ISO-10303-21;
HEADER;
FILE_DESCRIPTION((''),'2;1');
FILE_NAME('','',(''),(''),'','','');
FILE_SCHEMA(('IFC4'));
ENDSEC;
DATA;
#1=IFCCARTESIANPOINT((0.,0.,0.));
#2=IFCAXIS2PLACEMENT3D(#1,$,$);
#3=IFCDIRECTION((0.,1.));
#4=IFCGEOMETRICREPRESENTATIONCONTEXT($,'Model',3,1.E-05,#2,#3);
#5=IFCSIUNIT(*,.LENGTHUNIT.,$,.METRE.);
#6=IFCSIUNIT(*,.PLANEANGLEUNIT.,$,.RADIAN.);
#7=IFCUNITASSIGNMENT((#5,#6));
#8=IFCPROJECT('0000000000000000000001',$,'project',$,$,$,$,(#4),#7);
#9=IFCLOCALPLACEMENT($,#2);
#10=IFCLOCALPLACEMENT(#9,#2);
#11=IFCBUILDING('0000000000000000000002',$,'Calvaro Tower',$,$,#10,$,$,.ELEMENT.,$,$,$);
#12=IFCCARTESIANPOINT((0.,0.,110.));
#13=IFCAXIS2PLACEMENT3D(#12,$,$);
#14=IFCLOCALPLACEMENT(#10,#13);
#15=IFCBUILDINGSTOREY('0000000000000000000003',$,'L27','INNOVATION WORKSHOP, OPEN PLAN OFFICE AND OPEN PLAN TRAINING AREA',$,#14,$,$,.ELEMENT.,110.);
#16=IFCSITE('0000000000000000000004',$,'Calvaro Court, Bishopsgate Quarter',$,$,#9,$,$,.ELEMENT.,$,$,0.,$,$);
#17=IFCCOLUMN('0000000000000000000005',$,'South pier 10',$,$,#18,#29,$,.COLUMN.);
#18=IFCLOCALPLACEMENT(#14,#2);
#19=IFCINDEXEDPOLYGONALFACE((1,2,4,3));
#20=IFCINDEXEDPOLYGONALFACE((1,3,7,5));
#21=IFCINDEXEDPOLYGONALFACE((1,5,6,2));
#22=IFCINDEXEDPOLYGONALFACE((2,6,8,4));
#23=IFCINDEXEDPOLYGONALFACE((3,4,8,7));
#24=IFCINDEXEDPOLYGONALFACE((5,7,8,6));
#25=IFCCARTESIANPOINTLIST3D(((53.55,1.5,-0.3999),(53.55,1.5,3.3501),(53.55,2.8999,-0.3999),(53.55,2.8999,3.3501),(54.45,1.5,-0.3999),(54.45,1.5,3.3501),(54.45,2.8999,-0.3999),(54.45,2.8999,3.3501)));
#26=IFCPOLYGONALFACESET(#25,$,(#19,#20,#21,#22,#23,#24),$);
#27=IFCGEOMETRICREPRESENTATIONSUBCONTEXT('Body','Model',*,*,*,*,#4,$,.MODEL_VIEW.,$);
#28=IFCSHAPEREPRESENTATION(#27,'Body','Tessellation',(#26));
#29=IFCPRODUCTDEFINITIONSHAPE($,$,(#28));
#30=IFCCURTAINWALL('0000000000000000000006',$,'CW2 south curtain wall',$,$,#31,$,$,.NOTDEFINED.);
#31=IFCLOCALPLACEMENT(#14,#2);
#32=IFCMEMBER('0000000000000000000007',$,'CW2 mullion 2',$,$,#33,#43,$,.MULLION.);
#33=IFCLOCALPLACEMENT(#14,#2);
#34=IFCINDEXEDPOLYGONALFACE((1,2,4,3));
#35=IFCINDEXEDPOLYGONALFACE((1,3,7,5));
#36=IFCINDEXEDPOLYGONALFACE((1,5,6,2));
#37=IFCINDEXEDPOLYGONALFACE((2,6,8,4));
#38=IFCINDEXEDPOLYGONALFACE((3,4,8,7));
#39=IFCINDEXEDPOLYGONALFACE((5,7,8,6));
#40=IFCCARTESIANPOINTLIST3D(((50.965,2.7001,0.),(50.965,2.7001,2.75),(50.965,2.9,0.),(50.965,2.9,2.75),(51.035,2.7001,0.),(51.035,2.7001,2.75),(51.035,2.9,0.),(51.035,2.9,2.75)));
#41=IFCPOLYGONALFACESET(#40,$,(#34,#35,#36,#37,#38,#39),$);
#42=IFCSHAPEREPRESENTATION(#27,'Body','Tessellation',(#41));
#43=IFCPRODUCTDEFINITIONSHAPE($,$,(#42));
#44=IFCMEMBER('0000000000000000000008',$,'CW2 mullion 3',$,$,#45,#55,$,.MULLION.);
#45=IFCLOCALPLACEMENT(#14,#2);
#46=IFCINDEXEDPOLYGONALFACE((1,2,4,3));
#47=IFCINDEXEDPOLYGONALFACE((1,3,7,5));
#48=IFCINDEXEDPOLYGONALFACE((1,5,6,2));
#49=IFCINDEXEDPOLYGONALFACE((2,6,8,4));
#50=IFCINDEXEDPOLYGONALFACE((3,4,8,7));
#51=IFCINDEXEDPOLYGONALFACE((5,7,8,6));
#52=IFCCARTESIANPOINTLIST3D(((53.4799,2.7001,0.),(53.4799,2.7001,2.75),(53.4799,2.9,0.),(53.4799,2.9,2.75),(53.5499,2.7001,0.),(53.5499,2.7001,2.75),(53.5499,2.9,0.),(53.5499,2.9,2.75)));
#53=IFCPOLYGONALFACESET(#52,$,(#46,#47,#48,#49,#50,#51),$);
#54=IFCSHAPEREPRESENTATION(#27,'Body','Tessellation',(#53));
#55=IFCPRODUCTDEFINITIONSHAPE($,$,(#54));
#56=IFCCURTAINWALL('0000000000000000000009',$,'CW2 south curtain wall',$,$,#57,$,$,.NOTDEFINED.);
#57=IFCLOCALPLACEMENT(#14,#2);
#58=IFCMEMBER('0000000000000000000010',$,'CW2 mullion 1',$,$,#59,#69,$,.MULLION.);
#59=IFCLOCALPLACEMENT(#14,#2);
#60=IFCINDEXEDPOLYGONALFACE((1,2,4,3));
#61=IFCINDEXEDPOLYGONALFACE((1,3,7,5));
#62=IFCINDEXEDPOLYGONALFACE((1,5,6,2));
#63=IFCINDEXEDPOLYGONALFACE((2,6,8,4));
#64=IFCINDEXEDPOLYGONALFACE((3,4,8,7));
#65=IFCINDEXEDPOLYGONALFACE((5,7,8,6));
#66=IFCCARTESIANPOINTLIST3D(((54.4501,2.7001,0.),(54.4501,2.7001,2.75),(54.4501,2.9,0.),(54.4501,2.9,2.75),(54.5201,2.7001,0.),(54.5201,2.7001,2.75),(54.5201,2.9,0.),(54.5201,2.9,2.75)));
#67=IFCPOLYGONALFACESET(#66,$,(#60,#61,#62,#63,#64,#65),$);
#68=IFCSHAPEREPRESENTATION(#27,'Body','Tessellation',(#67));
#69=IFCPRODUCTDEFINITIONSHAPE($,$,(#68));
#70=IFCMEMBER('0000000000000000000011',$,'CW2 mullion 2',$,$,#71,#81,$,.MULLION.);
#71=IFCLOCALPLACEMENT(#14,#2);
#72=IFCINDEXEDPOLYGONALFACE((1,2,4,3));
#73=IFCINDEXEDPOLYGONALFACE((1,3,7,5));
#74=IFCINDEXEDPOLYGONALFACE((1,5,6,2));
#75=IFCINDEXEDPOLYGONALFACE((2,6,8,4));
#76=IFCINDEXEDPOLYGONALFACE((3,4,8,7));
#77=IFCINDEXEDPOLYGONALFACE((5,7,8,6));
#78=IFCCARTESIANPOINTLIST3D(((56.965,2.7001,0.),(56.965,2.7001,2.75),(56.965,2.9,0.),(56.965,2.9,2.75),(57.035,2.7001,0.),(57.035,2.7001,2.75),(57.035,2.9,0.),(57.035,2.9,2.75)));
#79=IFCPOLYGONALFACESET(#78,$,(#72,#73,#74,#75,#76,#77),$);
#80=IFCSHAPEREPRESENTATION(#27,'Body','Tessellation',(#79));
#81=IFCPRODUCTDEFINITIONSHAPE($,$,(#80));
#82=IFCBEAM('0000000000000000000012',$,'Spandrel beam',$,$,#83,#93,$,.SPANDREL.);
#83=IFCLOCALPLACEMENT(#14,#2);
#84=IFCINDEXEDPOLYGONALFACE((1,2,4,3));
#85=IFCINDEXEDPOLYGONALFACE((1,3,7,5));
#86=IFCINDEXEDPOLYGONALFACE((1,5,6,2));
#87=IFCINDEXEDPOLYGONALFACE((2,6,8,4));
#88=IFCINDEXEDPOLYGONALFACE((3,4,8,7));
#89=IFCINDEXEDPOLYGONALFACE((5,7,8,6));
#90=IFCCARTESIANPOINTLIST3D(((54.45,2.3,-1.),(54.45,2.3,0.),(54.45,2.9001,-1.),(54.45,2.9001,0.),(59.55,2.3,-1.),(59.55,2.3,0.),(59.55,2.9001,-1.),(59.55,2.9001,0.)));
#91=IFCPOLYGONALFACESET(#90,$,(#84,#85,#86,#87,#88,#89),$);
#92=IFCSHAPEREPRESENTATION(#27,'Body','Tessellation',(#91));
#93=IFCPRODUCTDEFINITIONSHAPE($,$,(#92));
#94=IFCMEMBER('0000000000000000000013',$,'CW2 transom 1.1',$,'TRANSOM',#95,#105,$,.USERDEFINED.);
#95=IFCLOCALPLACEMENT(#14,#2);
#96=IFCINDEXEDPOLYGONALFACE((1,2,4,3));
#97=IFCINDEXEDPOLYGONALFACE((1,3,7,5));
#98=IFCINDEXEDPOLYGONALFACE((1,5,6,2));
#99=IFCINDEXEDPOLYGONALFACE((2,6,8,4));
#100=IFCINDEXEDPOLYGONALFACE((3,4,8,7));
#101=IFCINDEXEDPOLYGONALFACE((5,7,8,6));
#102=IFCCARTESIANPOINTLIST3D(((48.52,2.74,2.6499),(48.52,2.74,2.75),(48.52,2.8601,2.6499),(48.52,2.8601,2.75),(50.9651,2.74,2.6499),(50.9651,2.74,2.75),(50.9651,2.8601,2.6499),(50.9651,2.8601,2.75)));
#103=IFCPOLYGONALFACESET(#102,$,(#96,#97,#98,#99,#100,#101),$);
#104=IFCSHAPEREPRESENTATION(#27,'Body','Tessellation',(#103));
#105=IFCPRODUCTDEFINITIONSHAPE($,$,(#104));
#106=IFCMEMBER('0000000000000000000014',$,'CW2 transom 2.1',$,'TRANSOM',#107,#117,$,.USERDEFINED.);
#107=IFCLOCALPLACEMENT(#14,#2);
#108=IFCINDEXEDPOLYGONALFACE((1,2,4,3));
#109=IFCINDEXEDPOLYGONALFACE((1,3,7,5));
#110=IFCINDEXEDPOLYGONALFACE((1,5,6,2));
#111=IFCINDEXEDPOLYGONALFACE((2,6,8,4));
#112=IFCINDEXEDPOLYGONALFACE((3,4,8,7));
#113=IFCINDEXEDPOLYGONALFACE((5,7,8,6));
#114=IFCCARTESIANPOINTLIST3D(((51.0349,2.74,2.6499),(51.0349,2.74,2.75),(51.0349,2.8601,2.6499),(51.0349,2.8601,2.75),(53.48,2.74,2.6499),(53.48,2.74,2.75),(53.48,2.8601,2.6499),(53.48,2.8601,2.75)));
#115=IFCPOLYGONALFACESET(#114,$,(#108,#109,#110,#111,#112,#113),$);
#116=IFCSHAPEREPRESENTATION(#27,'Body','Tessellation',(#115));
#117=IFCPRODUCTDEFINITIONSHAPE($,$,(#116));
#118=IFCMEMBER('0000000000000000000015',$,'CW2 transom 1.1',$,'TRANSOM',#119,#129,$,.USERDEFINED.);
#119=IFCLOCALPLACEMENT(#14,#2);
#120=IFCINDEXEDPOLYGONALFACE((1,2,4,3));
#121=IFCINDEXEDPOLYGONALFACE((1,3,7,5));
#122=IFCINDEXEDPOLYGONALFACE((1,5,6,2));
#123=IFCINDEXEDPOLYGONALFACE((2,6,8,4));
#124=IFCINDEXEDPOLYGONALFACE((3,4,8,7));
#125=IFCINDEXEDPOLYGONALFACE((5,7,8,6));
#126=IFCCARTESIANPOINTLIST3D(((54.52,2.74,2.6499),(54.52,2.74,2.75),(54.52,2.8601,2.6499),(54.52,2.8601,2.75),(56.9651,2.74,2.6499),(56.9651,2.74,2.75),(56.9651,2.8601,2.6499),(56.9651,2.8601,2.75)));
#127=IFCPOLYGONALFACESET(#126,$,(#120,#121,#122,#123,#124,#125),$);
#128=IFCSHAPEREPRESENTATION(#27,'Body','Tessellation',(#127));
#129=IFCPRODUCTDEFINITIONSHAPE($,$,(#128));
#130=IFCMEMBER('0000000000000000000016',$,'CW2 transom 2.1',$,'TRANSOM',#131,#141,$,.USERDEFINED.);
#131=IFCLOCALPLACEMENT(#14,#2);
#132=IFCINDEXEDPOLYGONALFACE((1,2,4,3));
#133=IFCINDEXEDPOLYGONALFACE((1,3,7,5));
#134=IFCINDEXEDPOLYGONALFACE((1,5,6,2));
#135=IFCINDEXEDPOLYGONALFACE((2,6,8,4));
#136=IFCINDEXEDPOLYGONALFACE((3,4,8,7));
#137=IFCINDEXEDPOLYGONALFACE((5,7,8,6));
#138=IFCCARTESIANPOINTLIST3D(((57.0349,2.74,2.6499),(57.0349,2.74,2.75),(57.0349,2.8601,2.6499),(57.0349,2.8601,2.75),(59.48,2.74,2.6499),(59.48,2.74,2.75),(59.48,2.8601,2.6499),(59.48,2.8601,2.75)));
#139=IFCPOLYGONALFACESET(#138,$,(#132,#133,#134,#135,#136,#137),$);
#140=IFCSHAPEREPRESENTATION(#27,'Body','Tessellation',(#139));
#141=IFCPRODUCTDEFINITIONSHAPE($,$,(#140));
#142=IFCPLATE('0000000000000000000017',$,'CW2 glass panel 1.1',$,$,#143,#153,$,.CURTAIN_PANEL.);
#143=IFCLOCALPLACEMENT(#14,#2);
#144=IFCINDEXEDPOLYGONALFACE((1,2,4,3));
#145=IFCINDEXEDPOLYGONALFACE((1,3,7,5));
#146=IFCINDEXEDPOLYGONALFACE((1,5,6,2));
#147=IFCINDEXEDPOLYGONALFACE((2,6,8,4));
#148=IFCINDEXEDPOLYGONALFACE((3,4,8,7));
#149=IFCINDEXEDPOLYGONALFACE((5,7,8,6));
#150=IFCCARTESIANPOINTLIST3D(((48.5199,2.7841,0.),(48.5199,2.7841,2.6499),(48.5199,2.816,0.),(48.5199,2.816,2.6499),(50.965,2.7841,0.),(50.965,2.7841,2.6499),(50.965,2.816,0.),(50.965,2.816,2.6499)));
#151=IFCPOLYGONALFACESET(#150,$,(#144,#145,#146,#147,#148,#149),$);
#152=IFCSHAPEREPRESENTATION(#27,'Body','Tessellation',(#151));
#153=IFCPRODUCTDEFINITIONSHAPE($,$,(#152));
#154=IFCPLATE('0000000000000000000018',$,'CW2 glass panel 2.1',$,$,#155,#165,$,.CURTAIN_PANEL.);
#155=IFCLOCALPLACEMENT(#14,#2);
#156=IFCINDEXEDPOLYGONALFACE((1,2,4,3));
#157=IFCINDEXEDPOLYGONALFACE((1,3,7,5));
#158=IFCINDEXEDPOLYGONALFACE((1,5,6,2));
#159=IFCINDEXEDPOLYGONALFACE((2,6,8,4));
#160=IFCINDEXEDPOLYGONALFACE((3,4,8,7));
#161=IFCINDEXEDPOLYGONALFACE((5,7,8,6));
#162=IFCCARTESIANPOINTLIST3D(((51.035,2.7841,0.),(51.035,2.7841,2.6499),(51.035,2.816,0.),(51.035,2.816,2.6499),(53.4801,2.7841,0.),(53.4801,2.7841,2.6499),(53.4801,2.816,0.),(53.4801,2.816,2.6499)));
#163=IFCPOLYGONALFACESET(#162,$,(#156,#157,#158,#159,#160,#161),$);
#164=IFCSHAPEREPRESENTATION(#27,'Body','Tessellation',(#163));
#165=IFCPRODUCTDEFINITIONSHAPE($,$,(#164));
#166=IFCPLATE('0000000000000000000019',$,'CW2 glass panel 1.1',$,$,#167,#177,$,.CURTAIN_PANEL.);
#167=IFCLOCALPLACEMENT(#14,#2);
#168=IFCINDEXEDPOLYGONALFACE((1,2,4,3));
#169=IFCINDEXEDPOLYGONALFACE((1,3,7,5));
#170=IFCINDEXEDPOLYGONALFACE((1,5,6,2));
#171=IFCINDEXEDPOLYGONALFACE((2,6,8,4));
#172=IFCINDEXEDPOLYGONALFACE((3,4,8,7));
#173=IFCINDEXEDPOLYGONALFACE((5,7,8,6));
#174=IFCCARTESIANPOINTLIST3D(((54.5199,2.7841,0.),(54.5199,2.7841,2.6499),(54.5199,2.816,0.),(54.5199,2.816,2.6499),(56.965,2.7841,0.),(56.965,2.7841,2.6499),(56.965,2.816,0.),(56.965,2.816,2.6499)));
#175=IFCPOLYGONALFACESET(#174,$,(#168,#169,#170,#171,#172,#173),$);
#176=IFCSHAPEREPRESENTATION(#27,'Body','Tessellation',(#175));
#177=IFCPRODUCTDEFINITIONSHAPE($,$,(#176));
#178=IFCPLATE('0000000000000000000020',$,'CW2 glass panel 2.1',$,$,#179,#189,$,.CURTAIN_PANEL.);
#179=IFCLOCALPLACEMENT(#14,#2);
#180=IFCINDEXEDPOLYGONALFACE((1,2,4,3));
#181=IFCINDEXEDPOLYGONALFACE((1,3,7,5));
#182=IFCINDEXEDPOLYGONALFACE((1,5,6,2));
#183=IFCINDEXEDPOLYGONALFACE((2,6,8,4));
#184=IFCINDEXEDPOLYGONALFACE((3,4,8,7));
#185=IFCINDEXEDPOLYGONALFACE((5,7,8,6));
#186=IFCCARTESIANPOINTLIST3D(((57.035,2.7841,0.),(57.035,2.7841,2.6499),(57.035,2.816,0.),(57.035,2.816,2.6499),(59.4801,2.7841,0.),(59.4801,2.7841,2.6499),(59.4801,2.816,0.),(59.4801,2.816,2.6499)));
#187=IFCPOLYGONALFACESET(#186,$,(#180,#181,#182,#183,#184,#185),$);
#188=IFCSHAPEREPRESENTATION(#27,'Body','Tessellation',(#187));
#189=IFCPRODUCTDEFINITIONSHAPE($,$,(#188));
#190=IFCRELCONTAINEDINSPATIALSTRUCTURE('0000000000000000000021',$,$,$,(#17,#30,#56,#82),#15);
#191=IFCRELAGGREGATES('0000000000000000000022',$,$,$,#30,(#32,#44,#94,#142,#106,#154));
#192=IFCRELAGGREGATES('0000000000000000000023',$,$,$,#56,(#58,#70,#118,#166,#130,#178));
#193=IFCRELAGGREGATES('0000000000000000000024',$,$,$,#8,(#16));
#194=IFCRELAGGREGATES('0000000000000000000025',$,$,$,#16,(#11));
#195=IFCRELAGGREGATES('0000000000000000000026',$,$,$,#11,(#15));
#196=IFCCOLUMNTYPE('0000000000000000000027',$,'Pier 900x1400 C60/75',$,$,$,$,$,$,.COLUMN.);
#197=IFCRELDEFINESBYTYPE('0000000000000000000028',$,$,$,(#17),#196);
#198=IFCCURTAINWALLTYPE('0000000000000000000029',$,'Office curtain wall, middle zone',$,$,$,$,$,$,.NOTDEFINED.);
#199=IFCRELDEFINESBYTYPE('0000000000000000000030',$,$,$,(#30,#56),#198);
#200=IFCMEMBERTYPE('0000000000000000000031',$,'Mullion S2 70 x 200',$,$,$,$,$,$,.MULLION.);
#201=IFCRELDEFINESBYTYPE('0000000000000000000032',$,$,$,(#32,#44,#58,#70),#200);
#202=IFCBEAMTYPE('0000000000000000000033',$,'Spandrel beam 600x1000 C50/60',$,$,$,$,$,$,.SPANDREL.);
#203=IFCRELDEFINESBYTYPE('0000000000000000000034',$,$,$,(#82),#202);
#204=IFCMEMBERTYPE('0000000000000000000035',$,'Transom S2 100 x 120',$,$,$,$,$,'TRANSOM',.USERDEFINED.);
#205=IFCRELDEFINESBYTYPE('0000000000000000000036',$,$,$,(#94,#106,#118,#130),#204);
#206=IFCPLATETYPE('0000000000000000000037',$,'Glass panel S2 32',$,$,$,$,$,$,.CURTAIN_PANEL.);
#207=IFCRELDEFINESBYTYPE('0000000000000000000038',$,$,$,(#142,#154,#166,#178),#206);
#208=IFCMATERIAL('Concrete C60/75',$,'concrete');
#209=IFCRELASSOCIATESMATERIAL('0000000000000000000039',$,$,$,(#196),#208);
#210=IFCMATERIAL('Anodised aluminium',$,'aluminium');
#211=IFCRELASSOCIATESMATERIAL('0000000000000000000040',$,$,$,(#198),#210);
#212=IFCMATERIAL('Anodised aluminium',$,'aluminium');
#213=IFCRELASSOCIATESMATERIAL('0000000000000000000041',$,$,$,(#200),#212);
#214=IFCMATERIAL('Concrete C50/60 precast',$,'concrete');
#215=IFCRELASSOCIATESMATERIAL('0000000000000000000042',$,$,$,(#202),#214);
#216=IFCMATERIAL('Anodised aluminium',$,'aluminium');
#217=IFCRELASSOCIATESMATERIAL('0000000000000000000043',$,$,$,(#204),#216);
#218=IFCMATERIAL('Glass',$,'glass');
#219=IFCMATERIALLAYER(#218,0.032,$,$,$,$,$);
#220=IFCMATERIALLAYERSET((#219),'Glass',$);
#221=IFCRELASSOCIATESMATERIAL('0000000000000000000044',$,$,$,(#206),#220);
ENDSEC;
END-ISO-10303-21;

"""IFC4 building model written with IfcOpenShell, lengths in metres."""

from ifc_helpers import new_model, si_unit, direction, frame, origin, origin_2d, place, context, subcontext, project, spatial, rectangle, extrude, material, layer, layer_set, material_profile, profile_set, type_object, element, aggregate, save


model = new_model("IFC4")

# Units and contexts
model_context = context("Model", 3, precision=1e-05, world=origin(), true_north=direction((0.0, 1.0)))
body_context = subcontext(model_context, "Body", "Model", "MODEL_VIEW")
ifc_project = project(units=[si_unit("LENGTHUNIT", "METRE"), si_unit("PLANEANGLEUNIT", "RADIAN")], contexts=[model_context])

# Site, building, storey
site_placement = place(None, origin())
site = spatial("IfcSite", under=ifc_project, at=site_placement, Name="Calvaro Court, Bishopsgate Quarter", CompositionType="ELEMENT", RefElevation=0.0)
building_placement = place(site_placement, origin())
building = spatial("IfcBuilding", under=site, at=building_placement, Name="Calvaro Tower", CompositionType="ELEMENT")
storey_placement = place(building_placement, frame((0.0, 0.0, 110.0)))
storey = spatial("IfcBuildingStorey", under=building, at=storey_placement, Name="L27", Description="INNOVATION WORKSHOP, OPEN PLAN OFFICE AND OPEN PLAN TRAINING AREA", CompositionType="ELEMENT", Elevation=110.0)

# Column
ifc_material_1 = material(Name="Concrete C60/75", Category="concrete")
ifc_material_profile_1 = material_profile(ifc_material_1, rectangle(XDim=0.8999, YDim=1.3999, at=origin_2d()), Name="RC 900x1400")
ifc_profile_set_1 = profile_set([ifc_material_profile_1], Name="Concrete C60/75")
column_type = type_object("IfcColumnType", Name="Pier 900x1400 C60/75", PredefinedType="COLUMN", material=ifc_profile_set_1)
column_placement = place(storey_placement, frame((54.0, 2.2, -0.3999), z_axis=(0.0, 0.0, 1.0), x_axis=(1.0, 0.0, 0.0)))
element("IfcColumn", 1, at=column_placement, inside=storey, type_object=column_type, Name="South pier 10", PredefinedType="COLUMN", context=body_context, shape_type="SweptSolid", body=[
    extrude(rectangle(XDim=0.8999, YDim=1.3999, at=origin_2d()), origin(), (0.0, 0.0, 1.0), 3.75),
])

# Curtain walls, members
ifc_material_2 = material(Name="Anodised aluminium", Category="aluminium")
curtain_wall_type = type_object("IfcCurtainWallType", Name="Office curtain wall, middle zone", PredefinedType="NOTDEFINED", material=ifc_material_2)
curtain_wall_1_placement = place(storey_placement, origin())
curtain_wall_1 = element("IfcCurtainWall", 2, at=curtain_wall_1_placement, inside=storey, type_object=curtain_wall_type, Name="CW2 south curtain wall", PredefinedType="NOTDEFINED")
ifc_material_3 = material(Name="Anodised aluminium", Category="aluminium")
ifc_material_profile_2 = material_profile(ifc_material_3, rectangle(XDim=0.2, YDim=0.0701, at=origin_2d()), Name="Mullion S2 70 x 200")
ifc_profile_set_2 = profile_set([ifc_material_profile_2], Name="Anodised aluminium")
member_type_1 = type_object("IfcMemberType", Name="Mullion S2 70 x 200", PredefinedType="MULLION", material=ifc_profile_set_2)
member_1_placement = place(storey_placement, frame((51.0, 2.8, 0.0), z_axis=(0.0, 0.0, 1.0), x_axis=(0.0, 1.0, 0.0)))
member_1 = element("IfcMember", 3, at=member_1_placement, type_object=member_type_1, Name="CW2 mullion 2", PredefinedType="MULLION", context=body_context, shape_type="SweptSolid", body=[
    extrude(rectangle(XDim=0.2, YDim=0.0701, at=origin_2d()), origin(), (0.0, 0.0, 1.0), 2.75),
])
member_2_placement = place(storey_placement, frame((53.5149, 2.8, 0.0), z_axis=(0.0, 0.0, 1.0), x_axis=(0.0, 1.0, 0.0)))
member_2 = element("IfcMember", 4, at=member_2_placement, type_object=member_type_1, Name="CW2 mullion 3", PredefinedType="MULLION", context=body_context, shape_type="SweptSolid", body=[
    extrude(rectangle(XDim=0.2, YDim=0.0701, at=origin_2d()), origin(), (0.0, 0.0, 1.0), 2.75),
])
curtain_wall_2_placement = place(storey_placement, origin())
curtain_wall_2 = element("IfcCurtainWall", 5, at=curtain_wall_2_placement, inside=storey, type_object=curtain_wall_type, Name="CW2 south curtain wall", PredefinedType="NOTDEFINED")
member_3_placement = place(storey_placement, frame((54.4851, 2.8, 0.0), z_axis=(0.0, 0.0, 1.0), x_axis=(0.0, 1.0, 0.0)))
member_3 = element("IfcMember", 6, at=member_3_placement, type_object=member_type_1, Name="CW2 mullion 1", PredefinedType="MULLION", context=body_context, shape_type="SweptSolid", body=[
    extrude(rectangle(XDim=0.2, YDim=0.0701, at=origin_2d()), origin(), (0.0, 0.0, 1.0), 2.75),
])
member_4_placement = place(storey_placement, frame((57.0, 2.8, 0.0), z_axis=(0.0, 0.0, 1.0), x_axis=(0.0, 1.0, 0.0)))
member_4 = element("IfcMember", 7, at=member_4_placement, type_object=member_type_1, Name="CW2 mullion 2", PredefinedType="MULLION", context=body_context, shape_type="SweptSolid", body=[
    extrude(rectangle(XDim=0.2, YDim=0.0701, at=origin_2d()), origin(), (0.0, 0.0, 1.0), 2.75),
])

# Beam
ifc_material_4 = material(Name="Concrete C50/60 precast", Category="concrete")
ifc_material_profile_3 = material_profile(ifc_material_4, rectangle(XDim=0.6001, YDim=1.0, at=origin_2d()), Name="RC 600x1000")
ifc_profile_set_3 = profile_set([ifc_material_profile_3], Name="Concrete C50/60 precast")
beam_type = type_object("IfcBeamType", Name="Spandrel beam 600x1000 C50/60", PredefinedType="SPANDREL", material=ifc_profile_set_3)
beam_placement = place(storey_placement, frame((54.45, 2.6001, -0.5), z_axis=(1.0, 0.0, 0.0), x_axis=(0.0, 1.0, 0.0)))
element("IfcBeam", 8, at=beam_placement, inside=storey, type_object=beam_type, Name="Spandrel beam", PredefinedType="SPANDREL", context=body_context, shape_type="SweptSolid", body=[
    extrude(rectangle(XDim=0.6001, YDim=1.0, at=origin_2d()), origin(), (0.0, 0.0, 1.0), 5.1001),
])

# Members
ifc_material_5 = material(Name="Anodised aluminium", Category="aluminium")
ifc_material_profile_4 = material_profile(ifc_material_5, rectangle(XDim=0.1201, YDim=0.1001, at=origin_2d()), Name="Transom S2 100 x 120")
ifc_profile_set_4 = profile_set([ifc_material_profile_4], Name="Anodised aluminium")
member_type_2 = type_object("IfcMemberType", Name="Transom S2 100 x 120", ElementType="TRANSOM", PredefinedType="USERDEFINED", material=ifc_profile_set_4)
member_5_placement = place(storey_placement, frame((48.52, 2.8, 2.7), z_axis=(1.0, 0.0, 0.0), x_axis=(0.0, 1.0, 0.0)))
member_5 = element("IfcMember", 9, at=member_5_placement, type_object=member_type_2, Name="CW2 transom 1.1", ObjectType="TRANSOM", PredefinedType="USERDEFINED", context=body_context, shape_type="SweptSolid", body=[
    extrude(rectangle(XDim=0.1201, YDim=0.1001, at=origin_2d()), origin(), (0.0, 0.0, 1.0), 2.4451),
])
member_6_placement = place(storey_placement, frame((51.0349, 2.8, 2.7), z_axis=(1.0, 0.0, 0.0), x_axis=(0.0, 1.0, 0.0)))
member_6 = element("IfcMember", 10, at=member_6_placement, type_object=member_type_2, Name="CW2 transom 2.1", ObjectType="TRANSOM", PredefinedType="USERDEFINED", context=body_context, shape_type="SweptSolid", body=[
    extrude(rectangle(XDim=0.1201, YDim=0.1001, at=origin_2d()), origin(), (0.0, 0.0, 1.0), 2.4451),
])
member_7_placement = place(storey_placement, frame((54.52, 2.8, 2.7), z_axis=(1.0, 0.0, 0.0), x_axis=(0.0, 1.0, 0.0)))
member_7 = element("IfcMember", 11, at=member_7_placement, type_object=member_type_2, Name="CW2 transom 1.1", ObjectType="TRANSOM", PredefinedType="USERDEFINED", context=body_context, shape_type="SweptSolid", body=[
    extrude(rectangle(XDim=0.1201, YDim=0.1001, at=origin_2d()), origin(), (0.0, 0.0, 1.0), 2.4451),
])
member_8_placement = place(storey_placement, frame((57.0349, 2.8, 2.7), z_axis=(1.0, 0.0, 0.0), x_axis=(0.0, 1.0, 0.0)))
member_8 = element("IfcMember", 12, at=member_8_placement, type_object=member_type_2, Name="CW2 transom 2.1", ObjectType="TRANSOM", PredefinedType="USERDEFINED", context=body_context, shape_type="SweptSolid", body=[
    extrude(rectangle(XDim=0.1201, YDim=0.1001, at=origin_2d()), origin(), (0.0, 0.0, 1.0), 2.4451),
])

# Plates
ifc_material_6 = material(Name="Glass", Category="glass")
ifc_layer = layer(ifc_material_6, 0.032)
ifc_layer_set = layer_set([ifc_layer], Name="Glass")
plate_type = type_object("IfcPlateType", Name="Glass panel S2 32", PredefinedType="CURTAIN_PANEL", material=ifc_layer_set)
plate_1_placement = place(storey_placement, frame((49.7424, 2.8, 0.0), z_axis=(0.0, 0.0, 1.0), x_axis=(1.0, 0.0, 0.0)))
plate_1 = element("IfcPlate", 13, at=plate_1_placement, type_object=plate_type, Name="CW2 glass panel 1.1", PredefinedType="CURTAIN_PANEL", context=body_context, shape_type="SweptSolid", body=[
    extrude(rectangle(XDim=2.4451, YDim=0.032, at=origin_2d()), origin(), (0.0, 0.0, 1.0), 2.6499),
])
plate_2_placement = place(storey_placement, frame((52.2576, 2.8, 0.0), z_axis=(0.0, 0.0, 1.0), x_axis=(1.0, 0.0, 0.0)))
plate_2 = element("IfcPlate", 14, at=plate_2_placement, type_object=plate_type, Name="CW2 glass panel 2.1", PredefinedType="CURTAIN_PANEL", context=body_context, shape_type="SweptSolid", body=[
    extrude(rectangle(XDim=2.4451, YDim=0.032, at=origin_2d()), origin(), (0.0, 0.0, 1.0), 2.6499),
])
aggregate(curtain_wall_1, [member_1, member_2, member_5, plate_1, member_6, plate_2])
plate_3_placement = place(storey_placement, frame((55.7424, 2.8, 0.0), z_axis=(0.0, 0.0, 1.0), x_axis=(1.0, 0.0, 0.0)))
plate_3 = element("IfcPlate", 15, at=plate_3_placement, type_object=plate_type, Name="CW2 glass panel 1.1", PredefinedType="CURTAIN_PANEL", context=body_context, shape_type="SweptSolid", body=[
    extrude(rectangle(XDim=2.4451, YDim=0.032, at=origin_2d()), origin(), (0.0, 0.0, 1.0), 2.6499),
])
plate_4_placement = place(storey_placement, frame((58.2576, 2.8, 0.0), z_axis=(0.0, 0.0, 1.0), x_axis=(1.0, 0.0, 0.0)))
plate_4 = element("IfcPlate", 16, at=plate_4_placement, type_object=plate_type, Name="CW2 glass panel 2.1", PredefinedType="CURTAIN_PANEL", context=body_context, shape_type="SweptSolid", body=[
    extrude(rectangle(XDim=2.4451, YDim=0.032, at=origin_2d()), origin(), (0.0, 0.0, 1.0), 2.6499),
])
aggregate(curtain_wall_2, [member_3, member_4, member_7, plate_3, member_8, plate_4])

save(model, "model.ifc")
